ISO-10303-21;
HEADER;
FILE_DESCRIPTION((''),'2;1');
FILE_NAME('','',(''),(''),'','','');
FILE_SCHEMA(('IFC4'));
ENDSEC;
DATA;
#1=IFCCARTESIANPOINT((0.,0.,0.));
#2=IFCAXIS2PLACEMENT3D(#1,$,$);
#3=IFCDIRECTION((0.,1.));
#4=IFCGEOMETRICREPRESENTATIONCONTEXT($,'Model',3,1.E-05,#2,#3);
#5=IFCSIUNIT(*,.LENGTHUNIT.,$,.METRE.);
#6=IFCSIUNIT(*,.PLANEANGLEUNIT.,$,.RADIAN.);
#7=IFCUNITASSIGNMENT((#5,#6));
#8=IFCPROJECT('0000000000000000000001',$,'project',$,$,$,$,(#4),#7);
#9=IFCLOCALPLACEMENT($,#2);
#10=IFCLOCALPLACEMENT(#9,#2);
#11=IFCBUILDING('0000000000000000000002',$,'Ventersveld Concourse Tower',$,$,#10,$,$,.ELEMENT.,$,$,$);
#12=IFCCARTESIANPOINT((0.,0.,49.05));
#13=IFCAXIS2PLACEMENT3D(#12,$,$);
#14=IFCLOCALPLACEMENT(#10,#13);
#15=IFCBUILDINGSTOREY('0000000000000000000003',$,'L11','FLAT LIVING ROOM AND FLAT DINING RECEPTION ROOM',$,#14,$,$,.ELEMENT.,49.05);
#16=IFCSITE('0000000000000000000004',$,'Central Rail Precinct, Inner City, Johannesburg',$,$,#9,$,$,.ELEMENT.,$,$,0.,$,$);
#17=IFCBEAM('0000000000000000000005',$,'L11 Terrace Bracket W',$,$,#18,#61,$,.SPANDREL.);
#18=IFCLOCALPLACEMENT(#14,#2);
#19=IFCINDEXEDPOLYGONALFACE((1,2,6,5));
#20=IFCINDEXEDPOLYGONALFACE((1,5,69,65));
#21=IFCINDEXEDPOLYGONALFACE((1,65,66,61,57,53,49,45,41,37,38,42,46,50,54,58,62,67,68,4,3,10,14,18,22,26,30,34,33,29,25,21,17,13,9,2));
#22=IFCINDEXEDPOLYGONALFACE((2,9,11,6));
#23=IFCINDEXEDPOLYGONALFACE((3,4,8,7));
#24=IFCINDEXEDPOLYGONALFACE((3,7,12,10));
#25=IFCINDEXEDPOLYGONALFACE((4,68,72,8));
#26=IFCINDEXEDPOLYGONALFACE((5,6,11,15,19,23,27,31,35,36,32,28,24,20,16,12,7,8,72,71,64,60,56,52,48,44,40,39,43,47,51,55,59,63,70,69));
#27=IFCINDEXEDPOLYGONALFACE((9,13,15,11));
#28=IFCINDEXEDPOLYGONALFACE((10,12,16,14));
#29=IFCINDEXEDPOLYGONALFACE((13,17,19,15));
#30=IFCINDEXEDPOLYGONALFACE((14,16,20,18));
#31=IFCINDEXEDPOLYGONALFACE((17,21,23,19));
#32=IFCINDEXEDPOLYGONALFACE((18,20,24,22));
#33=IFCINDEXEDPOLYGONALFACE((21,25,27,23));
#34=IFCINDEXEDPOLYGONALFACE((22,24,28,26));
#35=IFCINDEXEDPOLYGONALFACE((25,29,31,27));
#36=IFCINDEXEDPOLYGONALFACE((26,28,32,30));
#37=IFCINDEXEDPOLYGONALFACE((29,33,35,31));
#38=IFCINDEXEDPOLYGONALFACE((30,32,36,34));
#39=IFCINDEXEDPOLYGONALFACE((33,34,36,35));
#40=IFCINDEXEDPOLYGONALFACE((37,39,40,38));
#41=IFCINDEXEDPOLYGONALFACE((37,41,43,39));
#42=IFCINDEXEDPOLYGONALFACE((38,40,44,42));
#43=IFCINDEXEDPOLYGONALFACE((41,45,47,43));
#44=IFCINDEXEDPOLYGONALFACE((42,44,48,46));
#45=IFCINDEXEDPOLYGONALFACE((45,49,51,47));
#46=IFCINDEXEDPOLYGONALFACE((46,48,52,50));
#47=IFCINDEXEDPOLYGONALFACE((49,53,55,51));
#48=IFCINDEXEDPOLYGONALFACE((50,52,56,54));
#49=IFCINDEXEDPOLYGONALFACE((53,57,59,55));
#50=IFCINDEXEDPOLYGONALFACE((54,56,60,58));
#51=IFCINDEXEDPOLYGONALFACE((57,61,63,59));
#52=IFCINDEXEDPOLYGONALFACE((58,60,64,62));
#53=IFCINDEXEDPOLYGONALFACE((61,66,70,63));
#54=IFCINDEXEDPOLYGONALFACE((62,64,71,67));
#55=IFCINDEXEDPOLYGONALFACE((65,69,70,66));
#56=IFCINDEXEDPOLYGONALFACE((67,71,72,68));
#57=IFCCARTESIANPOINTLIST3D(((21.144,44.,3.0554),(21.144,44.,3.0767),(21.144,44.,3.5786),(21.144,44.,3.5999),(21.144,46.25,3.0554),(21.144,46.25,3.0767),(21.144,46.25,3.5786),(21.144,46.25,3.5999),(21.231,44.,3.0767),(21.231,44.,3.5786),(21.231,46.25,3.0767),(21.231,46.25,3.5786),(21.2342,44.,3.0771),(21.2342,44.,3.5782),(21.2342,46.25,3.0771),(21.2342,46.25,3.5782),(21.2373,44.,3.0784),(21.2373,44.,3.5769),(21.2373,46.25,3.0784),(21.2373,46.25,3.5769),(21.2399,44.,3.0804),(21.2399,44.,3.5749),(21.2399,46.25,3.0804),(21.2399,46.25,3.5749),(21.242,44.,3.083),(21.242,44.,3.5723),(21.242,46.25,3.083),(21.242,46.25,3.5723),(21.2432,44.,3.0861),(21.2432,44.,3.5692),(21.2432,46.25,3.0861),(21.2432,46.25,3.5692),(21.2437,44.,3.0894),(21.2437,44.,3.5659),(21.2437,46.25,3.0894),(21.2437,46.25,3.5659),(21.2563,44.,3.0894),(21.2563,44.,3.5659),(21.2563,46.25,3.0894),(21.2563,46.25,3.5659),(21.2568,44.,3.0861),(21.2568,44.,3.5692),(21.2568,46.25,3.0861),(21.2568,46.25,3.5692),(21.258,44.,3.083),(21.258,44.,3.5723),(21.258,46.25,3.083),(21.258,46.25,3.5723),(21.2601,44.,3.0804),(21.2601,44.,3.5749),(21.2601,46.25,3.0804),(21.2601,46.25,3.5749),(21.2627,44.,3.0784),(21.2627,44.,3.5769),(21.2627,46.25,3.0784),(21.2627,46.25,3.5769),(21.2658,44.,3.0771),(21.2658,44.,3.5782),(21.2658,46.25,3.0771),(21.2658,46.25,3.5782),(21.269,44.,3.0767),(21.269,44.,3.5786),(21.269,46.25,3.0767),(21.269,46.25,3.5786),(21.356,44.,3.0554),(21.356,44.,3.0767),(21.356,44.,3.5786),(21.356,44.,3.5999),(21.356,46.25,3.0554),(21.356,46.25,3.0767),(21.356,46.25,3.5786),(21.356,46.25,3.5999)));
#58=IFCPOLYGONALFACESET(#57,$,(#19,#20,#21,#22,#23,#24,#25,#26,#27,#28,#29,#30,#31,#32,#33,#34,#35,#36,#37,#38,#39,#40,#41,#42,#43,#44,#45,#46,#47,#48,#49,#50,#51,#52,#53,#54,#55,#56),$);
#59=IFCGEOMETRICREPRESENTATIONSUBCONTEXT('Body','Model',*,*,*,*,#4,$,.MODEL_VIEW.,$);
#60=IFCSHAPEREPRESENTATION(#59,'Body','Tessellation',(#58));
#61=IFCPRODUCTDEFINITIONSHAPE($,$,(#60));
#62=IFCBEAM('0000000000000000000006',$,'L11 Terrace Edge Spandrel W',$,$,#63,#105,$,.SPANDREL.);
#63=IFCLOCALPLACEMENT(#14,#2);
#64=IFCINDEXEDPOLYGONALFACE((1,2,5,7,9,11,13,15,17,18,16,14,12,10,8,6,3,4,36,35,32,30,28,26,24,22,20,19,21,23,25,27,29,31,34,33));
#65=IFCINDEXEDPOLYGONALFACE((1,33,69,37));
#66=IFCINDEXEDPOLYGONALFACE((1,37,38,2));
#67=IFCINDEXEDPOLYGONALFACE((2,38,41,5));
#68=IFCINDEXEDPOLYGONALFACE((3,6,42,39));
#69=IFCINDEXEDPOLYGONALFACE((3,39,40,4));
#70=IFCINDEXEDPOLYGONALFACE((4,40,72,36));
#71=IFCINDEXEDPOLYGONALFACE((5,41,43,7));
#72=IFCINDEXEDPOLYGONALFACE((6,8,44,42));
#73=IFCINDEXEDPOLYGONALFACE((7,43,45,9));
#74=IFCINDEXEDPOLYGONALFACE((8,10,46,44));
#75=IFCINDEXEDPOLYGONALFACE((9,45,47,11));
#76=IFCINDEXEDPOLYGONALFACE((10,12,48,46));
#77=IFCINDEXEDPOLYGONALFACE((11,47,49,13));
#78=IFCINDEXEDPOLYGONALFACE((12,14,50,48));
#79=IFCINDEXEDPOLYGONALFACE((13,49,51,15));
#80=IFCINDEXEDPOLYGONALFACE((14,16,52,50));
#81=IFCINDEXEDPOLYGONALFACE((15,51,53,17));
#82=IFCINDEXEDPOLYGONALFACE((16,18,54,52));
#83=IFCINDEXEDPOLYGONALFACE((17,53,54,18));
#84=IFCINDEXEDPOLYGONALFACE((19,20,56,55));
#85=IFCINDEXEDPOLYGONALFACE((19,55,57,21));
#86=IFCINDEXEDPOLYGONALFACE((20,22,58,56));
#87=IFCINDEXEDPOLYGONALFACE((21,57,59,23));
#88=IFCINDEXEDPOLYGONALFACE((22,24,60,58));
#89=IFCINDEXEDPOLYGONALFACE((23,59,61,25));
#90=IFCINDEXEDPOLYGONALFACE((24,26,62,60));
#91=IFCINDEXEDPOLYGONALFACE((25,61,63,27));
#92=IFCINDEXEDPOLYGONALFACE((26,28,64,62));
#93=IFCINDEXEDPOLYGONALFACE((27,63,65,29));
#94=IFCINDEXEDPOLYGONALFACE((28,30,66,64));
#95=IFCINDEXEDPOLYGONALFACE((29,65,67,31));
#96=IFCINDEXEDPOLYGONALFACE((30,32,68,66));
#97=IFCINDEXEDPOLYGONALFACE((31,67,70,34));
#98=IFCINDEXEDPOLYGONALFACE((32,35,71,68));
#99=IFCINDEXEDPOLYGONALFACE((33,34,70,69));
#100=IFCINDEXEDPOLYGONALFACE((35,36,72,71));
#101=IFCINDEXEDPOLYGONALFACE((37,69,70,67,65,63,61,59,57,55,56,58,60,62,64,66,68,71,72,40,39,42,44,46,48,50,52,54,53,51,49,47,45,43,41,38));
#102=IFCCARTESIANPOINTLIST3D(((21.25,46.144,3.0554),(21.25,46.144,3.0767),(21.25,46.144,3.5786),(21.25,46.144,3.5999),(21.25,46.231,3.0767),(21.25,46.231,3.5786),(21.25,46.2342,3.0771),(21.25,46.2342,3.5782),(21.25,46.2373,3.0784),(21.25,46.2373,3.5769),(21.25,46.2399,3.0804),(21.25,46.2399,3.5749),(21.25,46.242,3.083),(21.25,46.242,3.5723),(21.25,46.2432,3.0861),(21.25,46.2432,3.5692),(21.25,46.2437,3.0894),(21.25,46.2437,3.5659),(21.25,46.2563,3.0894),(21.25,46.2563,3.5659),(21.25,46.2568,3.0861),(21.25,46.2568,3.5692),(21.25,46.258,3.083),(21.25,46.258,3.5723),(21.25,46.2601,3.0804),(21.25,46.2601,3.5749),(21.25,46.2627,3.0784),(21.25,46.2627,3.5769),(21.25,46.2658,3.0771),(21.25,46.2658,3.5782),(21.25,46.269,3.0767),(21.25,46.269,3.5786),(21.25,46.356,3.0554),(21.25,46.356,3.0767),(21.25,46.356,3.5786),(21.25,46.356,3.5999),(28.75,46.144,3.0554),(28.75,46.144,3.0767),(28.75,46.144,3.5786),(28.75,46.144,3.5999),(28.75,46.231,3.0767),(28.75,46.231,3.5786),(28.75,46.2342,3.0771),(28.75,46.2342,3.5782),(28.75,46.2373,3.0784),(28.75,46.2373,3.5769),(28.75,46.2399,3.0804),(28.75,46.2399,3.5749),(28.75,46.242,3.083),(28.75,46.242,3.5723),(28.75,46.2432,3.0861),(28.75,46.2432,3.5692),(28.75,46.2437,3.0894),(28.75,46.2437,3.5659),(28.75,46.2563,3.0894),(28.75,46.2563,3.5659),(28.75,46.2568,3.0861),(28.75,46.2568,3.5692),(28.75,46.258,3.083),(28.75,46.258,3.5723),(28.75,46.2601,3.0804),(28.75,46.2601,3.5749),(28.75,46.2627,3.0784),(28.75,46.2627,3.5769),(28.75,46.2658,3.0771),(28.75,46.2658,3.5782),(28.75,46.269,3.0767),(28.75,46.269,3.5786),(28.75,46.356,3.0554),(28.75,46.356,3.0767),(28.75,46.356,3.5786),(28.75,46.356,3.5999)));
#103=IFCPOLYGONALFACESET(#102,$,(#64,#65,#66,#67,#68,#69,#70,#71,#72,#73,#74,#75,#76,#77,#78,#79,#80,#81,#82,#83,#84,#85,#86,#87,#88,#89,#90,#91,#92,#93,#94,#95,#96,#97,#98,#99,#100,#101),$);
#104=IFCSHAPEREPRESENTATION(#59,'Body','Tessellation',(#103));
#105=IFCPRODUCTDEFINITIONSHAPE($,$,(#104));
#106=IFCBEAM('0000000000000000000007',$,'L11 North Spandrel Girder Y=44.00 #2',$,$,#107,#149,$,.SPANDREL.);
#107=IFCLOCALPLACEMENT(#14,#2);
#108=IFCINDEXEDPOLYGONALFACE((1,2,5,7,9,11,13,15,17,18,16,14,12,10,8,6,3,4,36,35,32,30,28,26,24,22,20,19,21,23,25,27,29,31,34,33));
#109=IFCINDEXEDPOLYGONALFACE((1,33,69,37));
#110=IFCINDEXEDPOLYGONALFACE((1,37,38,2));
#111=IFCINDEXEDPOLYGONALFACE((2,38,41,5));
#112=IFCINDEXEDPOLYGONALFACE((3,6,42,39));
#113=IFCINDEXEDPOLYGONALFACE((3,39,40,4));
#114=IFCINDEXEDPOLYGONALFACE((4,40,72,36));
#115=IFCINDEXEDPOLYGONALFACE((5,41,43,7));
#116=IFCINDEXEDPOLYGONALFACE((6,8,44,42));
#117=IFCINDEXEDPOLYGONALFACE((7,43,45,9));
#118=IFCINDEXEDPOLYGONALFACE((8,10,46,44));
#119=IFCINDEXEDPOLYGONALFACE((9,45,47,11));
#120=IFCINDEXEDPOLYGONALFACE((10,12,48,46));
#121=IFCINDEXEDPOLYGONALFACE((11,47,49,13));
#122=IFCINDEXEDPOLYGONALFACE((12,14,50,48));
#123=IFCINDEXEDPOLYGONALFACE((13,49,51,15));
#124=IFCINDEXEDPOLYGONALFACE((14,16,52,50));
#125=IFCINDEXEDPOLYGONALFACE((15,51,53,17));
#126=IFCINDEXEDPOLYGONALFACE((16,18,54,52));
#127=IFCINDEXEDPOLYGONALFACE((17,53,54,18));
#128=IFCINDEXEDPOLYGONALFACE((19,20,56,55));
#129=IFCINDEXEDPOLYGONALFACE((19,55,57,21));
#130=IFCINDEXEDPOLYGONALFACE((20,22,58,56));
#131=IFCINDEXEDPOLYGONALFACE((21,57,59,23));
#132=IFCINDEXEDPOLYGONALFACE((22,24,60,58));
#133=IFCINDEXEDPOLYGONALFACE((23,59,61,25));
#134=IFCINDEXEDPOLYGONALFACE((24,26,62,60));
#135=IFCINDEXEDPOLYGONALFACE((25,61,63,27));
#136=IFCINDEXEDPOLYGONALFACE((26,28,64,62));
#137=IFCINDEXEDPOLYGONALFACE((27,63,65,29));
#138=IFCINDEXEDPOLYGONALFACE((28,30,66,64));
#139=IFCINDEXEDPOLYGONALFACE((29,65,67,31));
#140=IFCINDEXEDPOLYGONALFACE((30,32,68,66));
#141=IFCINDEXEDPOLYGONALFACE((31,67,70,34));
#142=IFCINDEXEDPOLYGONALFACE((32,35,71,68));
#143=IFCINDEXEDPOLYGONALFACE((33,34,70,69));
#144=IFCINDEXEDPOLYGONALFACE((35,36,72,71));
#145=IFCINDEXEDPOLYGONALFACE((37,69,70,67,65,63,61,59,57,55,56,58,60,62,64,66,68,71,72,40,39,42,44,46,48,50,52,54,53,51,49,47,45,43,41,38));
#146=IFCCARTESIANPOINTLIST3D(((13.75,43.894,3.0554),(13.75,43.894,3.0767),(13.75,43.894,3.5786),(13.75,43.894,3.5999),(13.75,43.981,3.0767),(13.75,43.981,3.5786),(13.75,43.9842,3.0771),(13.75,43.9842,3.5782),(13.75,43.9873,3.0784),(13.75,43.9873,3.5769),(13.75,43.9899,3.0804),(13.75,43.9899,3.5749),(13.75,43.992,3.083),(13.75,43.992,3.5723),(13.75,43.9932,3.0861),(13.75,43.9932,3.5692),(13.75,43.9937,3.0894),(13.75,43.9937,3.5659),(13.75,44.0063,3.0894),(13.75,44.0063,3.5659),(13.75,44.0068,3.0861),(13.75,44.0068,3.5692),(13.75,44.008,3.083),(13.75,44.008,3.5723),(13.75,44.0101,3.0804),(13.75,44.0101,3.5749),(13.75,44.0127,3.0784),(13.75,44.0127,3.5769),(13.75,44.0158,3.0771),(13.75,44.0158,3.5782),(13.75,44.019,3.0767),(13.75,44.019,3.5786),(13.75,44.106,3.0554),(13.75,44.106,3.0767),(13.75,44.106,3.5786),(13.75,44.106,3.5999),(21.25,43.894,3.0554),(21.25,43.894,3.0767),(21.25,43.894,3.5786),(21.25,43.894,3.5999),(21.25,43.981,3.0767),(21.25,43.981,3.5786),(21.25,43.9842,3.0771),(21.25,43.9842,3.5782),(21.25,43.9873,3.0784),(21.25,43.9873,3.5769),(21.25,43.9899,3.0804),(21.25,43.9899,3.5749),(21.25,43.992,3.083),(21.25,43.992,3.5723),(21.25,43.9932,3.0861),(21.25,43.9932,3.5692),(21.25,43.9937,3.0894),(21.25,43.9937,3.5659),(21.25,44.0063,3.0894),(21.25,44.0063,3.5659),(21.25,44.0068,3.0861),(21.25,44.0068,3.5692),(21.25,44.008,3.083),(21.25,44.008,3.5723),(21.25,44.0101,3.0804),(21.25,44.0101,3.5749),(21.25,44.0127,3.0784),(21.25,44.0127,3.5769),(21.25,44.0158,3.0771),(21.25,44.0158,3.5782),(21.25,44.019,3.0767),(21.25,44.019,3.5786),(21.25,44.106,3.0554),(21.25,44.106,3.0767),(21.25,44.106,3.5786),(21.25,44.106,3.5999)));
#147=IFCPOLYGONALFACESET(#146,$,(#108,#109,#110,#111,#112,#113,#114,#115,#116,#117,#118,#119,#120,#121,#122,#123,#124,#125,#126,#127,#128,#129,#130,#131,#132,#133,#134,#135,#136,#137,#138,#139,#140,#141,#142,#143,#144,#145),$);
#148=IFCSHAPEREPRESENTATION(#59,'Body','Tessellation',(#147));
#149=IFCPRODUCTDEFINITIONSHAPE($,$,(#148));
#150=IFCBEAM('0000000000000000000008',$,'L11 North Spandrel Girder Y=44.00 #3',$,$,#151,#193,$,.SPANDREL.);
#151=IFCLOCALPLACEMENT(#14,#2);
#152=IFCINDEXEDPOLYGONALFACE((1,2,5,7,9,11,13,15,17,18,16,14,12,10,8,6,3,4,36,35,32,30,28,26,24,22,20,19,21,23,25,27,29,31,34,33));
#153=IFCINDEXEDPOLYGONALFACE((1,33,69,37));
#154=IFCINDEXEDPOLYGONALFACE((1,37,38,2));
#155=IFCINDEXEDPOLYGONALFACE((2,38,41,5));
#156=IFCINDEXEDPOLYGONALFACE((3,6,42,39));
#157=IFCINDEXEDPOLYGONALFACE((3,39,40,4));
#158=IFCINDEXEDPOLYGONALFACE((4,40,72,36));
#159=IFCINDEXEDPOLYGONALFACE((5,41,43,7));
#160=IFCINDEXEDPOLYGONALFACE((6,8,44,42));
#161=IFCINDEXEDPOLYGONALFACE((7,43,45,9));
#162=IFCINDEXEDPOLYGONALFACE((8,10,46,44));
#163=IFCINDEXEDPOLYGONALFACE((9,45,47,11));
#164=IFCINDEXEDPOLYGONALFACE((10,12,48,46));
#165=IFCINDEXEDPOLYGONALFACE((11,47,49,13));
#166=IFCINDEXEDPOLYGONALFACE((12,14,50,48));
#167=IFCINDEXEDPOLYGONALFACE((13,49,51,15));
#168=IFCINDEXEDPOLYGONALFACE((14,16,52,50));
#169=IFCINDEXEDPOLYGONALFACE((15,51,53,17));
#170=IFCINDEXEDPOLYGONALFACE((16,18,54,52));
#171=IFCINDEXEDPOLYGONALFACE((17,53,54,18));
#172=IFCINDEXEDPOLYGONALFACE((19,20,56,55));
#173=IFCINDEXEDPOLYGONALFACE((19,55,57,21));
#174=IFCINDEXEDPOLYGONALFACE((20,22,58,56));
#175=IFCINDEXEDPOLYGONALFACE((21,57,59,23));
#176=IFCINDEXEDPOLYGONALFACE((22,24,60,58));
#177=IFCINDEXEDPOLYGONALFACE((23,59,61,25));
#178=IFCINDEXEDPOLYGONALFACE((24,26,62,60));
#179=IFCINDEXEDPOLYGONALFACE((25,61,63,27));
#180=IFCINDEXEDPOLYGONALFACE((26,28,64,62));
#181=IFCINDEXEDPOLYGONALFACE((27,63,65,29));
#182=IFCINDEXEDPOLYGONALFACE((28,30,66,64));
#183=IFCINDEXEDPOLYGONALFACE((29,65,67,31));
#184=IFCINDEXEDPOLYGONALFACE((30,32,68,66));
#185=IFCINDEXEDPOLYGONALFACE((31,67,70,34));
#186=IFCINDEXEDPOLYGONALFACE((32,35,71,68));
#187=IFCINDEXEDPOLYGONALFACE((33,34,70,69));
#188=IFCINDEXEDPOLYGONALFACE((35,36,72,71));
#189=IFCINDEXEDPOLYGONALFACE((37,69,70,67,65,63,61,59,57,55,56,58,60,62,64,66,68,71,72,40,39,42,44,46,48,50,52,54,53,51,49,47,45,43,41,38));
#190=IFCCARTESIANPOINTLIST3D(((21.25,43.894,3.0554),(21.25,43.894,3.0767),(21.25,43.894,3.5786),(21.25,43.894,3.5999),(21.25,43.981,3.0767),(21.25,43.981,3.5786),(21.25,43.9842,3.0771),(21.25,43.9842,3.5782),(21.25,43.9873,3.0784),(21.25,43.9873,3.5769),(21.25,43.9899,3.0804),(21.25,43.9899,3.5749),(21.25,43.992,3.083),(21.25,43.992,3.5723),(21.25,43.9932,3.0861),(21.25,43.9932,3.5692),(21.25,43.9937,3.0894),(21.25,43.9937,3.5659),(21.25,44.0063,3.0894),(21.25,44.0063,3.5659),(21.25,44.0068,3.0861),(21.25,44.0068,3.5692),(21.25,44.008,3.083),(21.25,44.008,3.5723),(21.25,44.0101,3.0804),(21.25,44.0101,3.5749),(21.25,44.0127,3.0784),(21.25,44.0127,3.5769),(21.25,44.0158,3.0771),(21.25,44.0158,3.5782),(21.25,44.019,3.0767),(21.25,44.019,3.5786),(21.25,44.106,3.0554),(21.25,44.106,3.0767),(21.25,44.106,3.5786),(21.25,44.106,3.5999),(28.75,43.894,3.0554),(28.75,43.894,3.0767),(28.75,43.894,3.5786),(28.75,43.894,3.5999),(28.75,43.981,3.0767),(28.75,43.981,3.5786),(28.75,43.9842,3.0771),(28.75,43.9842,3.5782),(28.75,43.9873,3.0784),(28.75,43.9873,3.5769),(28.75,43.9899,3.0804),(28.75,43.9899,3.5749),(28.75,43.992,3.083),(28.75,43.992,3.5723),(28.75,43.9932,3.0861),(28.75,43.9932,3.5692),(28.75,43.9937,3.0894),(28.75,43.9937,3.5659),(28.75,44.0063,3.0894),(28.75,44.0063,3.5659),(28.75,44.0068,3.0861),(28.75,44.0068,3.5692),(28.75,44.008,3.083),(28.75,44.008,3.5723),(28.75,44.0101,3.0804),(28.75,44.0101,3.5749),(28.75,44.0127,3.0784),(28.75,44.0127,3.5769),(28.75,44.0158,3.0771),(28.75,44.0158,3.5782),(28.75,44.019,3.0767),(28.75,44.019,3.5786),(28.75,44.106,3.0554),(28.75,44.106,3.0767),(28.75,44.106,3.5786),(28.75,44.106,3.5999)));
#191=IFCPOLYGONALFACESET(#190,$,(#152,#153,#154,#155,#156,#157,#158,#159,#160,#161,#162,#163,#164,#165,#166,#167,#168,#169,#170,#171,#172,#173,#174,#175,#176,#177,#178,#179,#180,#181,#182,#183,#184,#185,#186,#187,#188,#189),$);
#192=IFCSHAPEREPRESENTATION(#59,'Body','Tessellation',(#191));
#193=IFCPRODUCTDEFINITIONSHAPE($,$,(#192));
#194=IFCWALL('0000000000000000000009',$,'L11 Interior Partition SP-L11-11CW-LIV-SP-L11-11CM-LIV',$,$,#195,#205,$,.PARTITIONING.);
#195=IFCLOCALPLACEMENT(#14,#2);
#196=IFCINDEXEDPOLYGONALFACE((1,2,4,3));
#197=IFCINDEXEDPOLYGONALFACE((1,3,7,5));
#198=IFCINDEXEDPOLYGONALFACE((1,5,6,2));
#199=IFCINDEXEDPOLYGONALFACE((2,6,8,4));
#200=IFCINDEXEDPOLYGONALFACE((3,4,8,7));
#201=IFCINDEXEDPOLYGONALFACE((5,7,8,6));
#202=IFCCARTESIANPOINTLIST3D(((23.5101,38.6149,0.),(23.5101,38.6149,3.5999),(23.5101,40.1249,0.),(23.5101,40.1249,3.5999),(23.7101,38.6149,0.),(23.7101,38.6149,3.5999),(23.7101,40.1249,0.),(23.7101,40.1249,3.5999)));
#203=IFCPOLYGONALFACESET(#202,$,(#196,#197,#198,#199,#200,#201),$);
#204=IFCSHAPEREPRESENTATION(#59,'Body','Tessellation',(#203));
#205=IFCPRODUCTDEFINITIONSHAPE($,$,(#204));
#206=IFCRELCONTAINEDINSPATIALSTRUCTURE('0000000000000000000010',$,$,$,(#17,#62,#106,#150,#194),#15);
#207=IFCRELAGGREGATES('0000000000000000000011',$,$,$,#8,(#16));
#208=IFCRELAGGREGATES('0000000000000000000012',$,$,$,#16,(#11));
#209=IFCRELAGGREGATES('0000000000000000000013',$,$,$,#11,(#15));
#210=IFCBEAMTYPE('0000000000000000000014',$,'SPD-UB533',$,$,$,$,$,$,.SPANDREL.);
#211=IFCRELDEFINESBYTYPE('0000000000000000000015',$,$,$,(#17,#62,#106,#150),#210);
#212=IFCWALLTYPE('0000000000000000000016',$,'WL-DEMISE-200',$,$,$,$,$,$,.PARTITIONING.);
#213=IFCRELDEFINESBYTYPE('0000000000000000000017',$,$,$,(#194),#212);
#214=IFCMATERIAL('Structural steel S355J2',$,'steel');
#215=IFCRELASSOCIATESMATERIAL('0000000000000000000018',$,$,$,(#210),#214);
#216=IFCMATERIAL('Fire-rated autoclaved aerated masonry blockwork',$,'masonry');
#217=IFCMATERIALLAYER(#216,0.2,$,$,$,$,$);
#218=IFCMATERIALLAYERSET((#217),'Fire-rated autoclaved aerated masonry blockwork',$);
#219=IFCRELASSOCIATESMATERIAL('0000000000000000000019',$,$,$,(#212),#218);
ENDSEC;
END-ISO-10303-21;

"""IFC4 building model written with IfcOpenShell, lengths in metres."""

from ifc_helpers import new_model, si_unit, direction, frame, frame_2d, origin, origin_2d, place, context, subcontext, project, spatial, rectangle, i_section, extrude, material, layer, layer_set, material_profile, profile_set, type_object, element, save


model = new_model("IFC4")

# Units and contexts
model_context = context("Model", 3, precision=1e-05, world=origin(), true_north=direction((0.0, 1.0)))
body_context = subcontext(model_context, "Body", "Model", "MODEL_VIEW")
ifc_project = project(units=[si_unit("LENGTHUNIT", "METRE"), si_unit("PLANEANGLEUNIT", "RADIAN")], contexts=[model_context])

# Site, building, storey
site_placement = place(None, origin())
site = spatial("IfcSite", under=ifc_project, at=site_placement, Name="Central Rail Precinct, Inner City, Johannesburg", CompositionType="ELEMENT", RefElevation=0.0)
building_placement = place(site_placement, origin())
building = spatial("IfcBuilding", under=site, at=building_placement, Name="Ventersveld Concourse Tower", CompositionType="ELEMENT")
storey_placement = place(building_placement, frame((0.0, 0.0, 49.05)))
storey = spatial("IfcBuildingStorey", under=building, at=storey_placement, Name="L11", Description="FLAT LIVING ROOM AND FLAT DINING RECEPTION ROOM", CompositionType="ELEMENT", Elevation=49.05)

# Shared definitions
ifc_material_1 = material(Name="Structural steel S355J2", Category="steel")

# Beams
ifc_material_profile_1 = material_profile(ifc_material_1, i_section(OverallWidth=0.2119, OverallDepth=0.5444, WebThickness=0.0127, FlangeThickness=0.0212, FilletRadius=0.0127, at=origin_2d()), Name="UB 533x210x122")
ifc_profile_set_1 = profile_set([ifc_material_profile_1], Name="Structural steel S355J2")
beam_type_1 = type_object("IfcBeamType", Name="SPD-UB533", PredefinedType="SPANDREL", material=ifc_profile_set_1)
beam_1_placement = place(storey_placement, frame((21.25, 44.0, 3.3276), z_axis=(0.0, 1.0, 0.0), x_axis=(-1.0, 0.0, 0.0)))
element("IfcBeam", 1, at=beam_1_placement, inside=storey, type_object=beam_type_1, Name="L11 Terrace Bracket W", PredefinedType="SPANDREL", context=body_context, shape_type="SweptSolid", body=[
    extrude(i_section(OverallWidth=0.2119, OverallDepth=0.5444, WebThickness=0.0127, FlangeThickness=0.0212, FilletRadius=0.0127, at=origin_2d()), origin(), (0.0, 0.0, 1.0), 2.25),
])
for number, where, z_axis, x_axis, name in (
    (2, (21.25, 46.25, 3.3276), (1.0, 0.0, 0.0), (0.0, 1.0, 0.0), "L11 Terrace Edge Spandrel W"),
    (3, (13.75, 44.0, 3.3276), (1.0, 0.0, 0.0), (0.0, 1.0, 0.0), "L11 North Spandrel Girder Y=44.00 #2"),
    (4, (21.25, 44.0, 3.3276), (1.0, 0.0, 0.0), (0.0, 1.0, 0.0), "L11 North Spandrel Girder Y=44.00 #3"),
):
    element("IfcBeam", number, at=place(storey_placement, frame(where, z_axis=z_axis, x_axis=x_axis)), inside=storey, type_object=beam_type_1, Name=name, PredefinedType="SPANDREL", context=body_context, shape_type="SweptSolid", body=[
        extrude(i_section(OverallWidth=0.2119, OverallDepth=0.5444, WebThickness=0.0127, FlangeThickness=0.0212, FilletRadius=0.0127, at=origin_2d()), origin(), (0.0, 0.0, 1.0), 7.5),
    ])

# Wall
ifc_material_2 = material(Name="Fire-rated autoclaved aerated masonry blockwork", Category="masonry")
ifc_layer_1 = layer(ifc_material_2, 0.2)
ifc_layer_set_1 = layer_set([ifc_layer_1], Name="Fire-rated autoclaved aerated masonry blockwork")
wall_type_1 = type_object("IfcWallType", Name="WL-DEMISE-200", PredefinedType="PARTITIONING", material=ifc_layer_set_1)
wall_1_placement = place(storey_placement, frame((23.6101, 38.615, 0.0), z_axis=(0.0, 0.0, 1.0), x_axis=(0.0, 1.0, 0.0)))
element("IfcWall", 5, at=wall_1_placement, inside=storey, type_object=wall_type_1, Name="L11 Interior Partition SP-L11-11CW-LIV-SP-L11-11CM-LIV", PredefinedType="PARTITIONING", context=body_context, shape_type="SweptSolid", body=[
    extrude(rectangle(XDim=1.51, YDim=0.2, at=frame_2d((0.7549, 0.0))), origin(), (0.0, 0.0, 1.0), 3.5999),
])

save(model, "model.ifc")
